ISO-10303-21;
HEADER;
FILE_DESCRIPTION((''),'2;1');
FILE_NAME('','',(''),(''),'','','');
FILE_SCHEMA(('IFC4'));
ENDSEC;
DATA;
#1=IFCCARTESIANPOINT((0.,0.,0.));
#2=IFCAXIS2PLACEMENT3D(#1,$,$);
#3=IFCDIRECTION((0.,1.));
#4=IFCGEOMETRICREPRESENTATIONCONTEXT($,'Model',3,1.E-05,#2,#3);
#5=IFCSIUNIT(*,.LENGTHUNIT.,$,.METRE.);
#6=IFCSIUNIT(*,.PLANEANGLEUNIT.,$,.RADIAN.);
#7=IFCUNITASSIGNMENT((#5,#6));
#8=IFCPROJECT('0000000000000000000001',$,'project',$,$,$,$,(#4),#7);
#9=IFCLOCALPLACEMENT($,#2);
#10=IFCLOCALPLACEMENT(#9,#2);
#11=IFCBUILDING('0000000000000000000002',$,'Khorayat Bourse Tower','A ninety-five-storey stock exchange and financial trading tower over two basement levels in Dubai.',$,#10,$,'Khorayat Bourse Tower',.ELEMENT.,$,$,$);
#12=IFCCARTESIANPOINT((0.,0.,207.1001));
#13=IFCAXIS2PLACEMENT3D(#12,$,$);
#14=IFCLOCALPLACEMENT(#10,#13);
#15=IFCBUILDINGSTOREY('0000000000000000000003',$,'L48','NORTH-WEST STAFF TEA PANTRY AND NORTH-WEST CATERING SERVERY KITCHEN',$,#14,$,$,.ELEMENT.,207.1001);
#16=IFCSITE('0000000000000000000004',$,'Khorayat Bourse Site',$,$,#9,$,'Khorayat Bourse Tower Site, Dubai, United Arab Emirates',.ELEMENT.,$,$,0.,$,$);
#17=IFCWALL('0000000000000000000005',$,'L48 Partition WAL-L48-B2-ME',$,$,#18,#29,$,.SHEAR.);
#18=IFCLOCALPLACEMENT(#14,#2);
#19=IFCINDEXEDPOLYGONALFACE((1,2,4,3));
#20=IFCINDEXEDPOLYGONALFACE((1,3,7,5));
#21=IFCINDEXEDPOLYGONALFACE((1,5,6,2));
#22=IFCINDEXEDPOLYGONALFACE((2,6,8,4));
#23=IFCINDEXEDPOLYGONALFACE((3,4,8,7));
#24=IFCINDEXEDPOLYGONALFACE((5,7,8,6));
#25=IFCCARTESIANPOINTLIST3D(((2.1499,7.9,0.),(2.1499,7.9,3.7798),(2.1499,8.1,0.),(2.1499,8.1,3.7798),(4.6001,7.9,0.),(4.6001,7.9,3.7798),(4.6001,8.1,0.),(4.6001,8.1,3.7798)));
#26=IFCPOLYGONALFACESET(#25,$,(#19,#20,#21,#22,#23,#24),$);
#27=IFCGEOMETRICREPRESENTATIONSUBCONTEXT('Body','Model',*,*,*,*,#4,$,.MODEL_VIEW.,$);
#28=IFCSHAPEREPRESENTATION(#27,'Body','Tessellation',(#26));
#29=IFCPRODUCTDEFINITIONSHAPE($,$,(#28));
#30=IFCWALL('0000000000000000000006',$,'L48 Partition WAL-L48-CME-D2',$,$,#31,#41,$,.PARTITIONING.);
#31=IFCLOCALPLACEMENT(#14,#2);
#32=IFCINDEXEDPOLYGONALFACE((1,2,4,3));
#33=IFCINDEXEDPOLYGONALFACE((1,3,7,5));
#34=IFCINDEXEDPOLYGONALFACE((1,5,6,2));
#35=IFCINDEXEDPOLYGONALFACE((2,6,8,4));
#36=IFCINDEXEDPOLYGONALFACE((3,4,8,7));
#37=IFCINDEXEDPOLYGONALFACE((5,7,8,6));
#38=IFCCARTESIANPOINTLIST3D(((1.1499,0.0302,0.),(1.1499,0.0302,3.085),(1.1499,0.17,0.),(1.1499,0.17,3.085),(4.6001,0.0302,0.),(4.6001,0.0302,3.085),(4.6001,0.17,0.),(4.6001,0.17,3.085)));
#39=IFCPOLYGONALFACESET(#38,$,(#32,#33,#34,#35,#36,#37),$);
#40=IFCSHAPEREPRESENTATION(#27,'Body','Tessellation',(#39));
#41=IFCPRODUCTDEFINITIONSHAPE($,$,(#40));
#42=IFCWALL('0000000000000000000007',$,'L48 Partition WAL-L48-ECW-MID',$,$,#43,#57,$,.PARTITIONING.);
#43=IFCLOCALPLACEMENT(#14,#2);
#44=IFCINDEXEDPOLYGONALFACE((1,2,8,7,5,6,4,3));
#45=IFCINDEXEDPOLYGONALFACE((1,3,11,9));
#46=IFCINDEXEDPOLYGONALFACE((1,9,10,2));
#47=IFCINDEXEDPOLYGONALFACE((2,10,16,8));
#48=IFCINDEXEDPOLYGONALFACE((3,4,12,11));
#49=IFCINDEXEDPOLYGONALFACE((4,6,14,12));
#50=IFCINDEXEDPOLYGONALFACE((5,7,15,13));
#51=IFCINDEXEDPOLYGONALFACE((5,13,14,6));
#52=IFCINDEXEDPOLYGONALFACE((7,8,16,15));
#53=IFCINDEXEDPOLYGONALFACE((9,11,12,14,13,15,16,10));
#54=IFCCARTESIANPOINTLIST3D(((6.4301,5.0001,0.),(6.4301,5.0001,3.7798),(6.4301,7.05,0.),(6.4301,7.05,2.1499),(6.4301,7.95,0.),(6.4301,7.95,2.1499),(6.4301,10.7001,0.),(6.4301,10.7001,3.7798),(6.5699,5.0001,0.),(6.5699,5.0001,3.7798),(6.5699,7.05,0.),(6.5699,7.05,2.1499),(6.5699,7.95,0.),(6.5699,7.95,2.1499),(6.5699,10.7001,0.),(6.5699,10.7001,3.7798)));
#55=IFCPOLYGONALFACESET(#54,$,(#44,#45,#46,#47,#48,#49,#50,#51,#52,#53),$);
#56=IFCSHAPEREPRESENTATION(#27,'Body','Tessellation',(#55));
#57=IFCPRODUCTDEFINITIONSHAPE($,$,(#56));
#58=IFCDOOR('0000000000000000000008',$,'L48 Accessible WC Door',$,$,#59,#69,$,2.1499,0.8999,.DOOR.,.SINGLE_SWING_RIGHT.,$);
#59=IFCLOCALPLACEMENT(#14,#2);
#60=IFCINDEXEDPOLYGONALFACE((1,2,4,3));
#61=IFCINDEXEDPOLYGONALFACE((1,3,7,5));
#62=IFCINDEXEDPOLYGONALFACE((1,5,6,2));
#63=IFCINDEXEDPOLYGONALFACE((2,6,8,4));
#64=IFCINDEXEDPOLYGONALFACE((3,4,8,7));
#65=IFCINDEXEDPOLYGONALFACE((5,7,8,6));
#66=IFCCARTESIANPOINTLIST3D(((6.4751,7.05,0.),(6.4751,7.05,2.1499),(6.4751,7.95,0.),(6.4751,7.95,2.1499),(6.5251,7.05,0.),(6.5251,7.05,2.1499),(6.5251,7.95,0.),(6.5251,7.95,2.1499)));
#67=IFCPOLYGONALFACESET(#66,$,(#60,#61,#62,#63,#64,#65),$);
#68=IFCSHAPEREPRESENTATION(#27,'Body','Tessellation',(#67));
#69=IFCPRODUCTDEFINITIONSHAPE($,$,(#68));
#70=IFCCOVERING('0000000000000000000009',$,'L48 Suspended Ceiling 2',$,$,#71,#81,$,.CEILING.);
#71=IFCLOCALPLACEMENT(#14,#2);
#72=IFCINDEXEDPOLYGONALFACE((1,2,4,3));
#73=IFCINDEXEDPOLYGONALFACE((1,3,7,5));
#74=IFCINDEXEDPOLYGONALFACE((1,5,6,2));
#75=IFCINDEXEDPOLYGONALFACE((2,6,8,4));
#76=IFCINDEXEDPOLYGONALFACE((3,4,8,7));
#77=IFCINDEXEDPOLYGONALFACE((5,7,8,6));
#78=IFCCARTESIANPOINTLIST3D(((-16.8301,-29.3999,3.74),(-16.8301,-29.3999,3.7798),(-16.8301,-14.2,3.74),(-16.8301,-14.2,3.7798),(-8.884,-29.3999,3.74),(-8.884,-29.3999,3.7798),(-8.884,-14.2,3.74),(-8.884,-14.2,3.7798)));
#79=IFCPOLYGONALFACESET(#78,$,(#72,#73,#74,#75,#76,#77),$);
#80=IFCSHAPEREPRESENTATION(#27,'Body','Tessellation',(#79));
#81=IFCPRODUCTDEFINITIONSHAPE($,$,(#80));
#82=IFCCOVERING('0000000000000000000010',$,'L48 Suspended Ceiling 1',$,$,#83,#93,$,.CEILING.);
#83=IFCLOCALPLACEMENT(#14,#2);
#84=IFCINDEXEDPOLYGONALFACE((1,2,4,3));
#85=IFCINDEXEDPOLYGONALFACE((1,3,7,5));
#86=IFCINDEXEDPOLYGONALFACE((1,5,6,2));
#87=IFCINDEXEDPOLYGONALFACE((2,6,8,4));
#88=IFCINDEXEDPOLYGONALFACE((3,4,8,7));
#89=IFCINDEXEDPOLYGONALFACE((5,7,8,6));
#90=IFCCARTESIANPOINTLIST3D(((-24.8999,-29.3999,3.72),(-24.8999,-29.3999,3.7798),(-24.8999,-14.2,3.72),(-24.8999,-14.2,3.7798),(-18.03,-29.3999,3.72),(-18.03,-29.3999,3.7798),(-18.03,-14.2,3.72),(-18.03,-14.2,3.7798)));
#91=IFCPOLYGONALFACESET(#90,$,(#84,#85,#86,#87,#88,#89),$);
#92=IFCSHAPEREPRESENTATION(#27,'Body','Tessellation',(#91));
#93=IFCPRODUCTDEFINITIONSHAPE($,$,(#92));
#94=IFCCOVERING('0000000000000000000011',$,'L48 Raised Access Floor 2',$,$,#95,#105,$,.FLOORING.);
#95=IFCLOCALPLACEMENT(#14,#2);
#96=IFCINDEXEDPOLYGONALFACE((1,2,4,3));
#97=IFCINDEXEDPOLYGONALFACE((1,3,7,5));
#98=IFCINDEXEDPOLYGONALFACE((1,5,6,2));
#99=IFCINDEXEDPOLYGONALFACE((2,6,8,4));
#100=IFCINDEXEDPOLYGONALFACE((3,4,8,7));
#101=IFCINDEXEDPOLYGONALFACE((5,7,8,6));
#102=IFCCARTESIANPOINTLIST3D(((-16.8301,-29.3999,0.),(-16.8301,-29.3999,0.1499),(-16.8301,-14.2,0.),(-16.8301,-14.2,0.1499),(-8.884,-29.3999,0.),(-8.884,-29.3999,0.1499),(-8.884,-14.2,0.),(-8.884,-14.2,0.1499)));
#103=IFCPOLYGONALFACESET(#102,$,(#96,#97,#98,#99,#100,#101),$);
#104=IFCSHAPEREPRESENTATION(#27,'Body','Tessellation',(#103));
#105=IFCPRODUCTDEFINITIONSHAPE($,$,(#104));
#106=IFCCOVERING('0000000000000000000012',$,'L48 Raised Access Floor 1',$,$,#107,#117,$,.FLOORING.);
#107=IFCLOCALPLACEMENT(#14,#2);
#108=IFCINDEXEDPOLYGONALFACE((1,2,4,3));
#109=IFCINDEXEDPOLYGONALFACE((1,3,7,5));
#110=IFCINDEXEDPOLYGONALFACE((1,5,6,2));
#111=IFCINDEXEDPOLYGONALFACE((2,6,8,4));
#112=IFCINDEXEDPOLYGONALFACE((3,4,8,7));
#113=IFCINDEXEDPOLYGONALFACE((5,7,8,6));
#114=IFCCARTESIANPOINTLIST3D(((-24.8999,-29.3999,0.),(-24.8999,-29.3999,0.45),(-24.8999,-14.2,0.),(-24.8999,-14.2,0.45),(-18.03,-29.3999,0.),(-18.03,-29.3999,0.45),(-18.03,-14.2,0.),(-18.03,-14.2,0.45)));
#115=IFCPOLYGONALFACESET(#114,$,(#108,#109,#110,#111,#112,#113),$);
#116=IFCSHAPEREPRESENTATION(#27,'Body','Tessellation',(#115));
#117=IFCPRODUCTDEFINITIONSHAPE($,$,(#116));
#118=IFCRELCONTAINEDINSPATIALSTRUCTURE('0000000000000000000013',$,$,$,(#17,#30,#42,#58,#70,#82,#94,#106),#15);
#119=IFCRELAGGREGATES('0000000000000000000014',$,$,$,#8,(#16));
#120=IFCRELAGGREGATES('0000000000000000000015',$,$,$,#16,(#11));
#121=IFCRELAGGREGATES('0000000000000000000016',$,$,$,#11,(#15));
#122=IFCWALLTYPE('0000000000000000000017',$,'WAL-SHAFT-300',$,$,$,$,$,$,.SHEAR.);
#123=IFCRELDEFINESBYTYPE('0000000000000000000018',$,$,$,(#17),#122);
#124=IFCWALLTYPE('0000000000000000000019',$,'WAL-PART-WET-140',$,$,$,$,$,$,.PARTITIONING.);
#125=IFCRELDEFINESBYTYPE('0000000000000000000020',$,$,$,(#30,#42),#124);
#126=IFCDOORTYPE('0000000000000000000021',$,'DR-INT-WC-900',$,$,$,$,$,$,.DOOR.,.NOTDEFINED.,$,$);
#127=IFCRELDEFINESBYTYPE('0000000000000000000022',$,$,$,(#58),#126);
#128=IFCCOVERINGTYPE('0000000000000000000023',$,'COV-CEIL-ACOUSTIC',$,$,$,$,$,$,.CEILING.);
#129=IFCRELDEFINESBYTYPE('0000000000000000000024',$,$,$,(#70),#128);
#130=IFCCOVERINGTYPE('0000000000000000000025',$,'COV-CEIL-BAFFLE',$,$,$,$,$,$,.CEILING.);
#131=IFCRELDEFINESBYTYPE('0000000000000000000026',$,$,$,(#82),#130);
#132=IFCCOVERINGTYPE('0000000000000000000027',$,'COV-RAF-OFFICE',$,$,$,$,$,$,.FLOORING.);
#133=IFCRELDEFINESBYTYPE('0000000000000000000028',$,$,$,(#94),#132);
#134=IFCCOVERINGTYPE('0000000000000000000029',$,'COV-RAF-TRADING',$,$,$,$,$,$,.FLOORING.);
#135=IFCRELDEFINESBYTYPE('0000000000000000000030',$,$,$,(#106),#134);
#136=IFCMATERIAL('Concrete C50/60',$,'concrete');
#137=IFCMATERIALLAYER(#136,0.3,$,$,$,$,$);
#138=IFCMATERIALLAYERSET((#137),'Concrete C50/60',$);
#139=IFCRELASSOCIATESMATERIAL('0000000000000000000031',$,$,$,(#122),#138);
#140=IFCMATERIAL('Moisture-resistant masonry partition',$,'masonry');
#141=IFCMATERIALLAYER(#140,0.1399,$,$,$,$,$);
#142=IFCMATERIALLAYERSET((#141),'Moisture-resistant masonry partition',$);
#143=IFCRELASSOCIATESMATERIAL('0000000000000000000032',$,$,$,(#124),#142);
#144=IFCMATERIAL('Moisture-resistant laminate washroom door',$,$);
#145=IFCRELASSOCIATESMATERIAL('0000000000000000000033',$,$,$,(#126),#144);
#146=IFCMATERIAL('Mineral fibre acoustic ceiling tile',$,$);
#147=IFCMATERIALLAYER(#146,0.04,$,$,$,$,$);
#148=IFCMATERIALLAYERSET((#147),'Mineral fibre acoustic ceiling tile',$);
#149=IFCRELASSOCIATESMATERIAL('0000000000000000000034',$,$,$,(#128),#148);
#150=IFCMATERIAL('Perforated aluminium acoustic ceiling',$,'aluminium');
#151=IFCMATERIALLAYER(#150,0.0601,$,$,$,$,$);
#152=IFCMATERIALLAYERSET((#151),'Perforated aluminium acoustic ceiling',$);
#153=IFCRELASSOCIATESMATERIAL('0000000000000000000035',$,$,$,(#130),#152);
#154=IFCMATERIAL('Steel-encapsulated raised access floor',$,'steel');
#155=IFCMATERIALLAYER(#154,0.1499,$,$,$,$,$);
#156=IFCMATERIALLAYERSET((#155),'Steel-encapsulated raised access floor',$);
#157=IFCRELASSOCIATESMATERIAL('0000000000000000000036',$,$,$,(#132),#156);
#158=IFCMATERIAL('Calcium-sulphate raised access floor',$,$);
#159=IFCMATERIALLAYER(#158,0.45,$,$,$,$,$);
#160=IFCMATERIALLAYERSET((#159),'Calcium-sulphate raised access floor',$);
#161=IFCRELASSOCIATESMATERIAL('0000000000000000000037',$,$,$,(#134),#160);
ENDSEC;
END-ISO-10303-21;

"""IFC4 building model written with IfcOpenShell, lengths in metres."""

from ifc_helpers import new_model, si_unit, direction, frame, frame_2d, origin, place, context, subcontext, project, spatial, polyline, rectangle, outline, extrude, source, transform, mapped, material, layer, layer_set, type_object, element, fill, save


model = new_model("IFC4")

# Units and contexts
model_context = context("Model", 3, precision=1e-05, world=origin(), true_north=direction((0.0, 1.0)))
body_context = subcontext(model_context, "Body", "Model", "MODEL_VIEW")
ifc_project = project(units=[si_unit("LENGTHUNIT", "METRE"), si_unit("PLANEANGLEUNIT", "RADIAN")], contexts=[model_context])

# Site, building, storey
site_placement = place(None, origin())
site = spatial("IfcSite", under=ifc_project, at=site_placement, Name="Khorayat Bourse Site", LongName="Khorayat Bourse Tower Site, Dubai, United Arab Emirates", CompositionType="ELEMENT", RefElevation=0.0)
building_placement = place(site_placement, origin())
building = spatial("IfcBuilding", under=site, at=building_placement, Name="Khorayat Bourse Tower", Description="A ninety-five-storey stock exchange and financial trading tower over two basement levels in Dubai.", LongName="Khorayat Bourse Tower", CompositionType="ELEMENT")
storey_placement = place(building_placement, frame((0.0, 0.0, 207.1001)))
storey = spatial("IfcBuildingStorey", under=building, at=storey_placement, Name="L48", Description="NORTH-WEST STAFF TEA PANTRY AND NORTH-WEST CATERING SERVERY KITCHEN", CompositionType="ELEMENT", Elevation=207.1001)

# Shared definitions
ifc_material_1 = material(Name="Concrete C50/60", Category="concrete")
ifc_layer_1 = layer(ifc_material_1, 0.3)
ifc_layer_set_1 = layer_set([ifc_layer_1], Name="Concrete C50/60")
wall_type_1 = type_object("IfcWallType", Name="WAL-SHAFT-300", PredefinedType="SHEAR", material=ifc_layer_set_1)
ifc_material_2 = material(Name="Moisture-resistant masonry partition", Category="masonry")
ifc_layer_2 = layer(ifc_material_2, 0.1399)
ifc_layer_set_2 = layer_set([ifc_layer_2], Name="Moisture-resistant masonry partition")
wall_type_2 = type_object("IfcWallType", Name="WAL-PART-WET-140", PredefinedType="PARTITIONING", material=ifc_layer_set_2)

# Shared definitions
shared_shape_1 = source(origin(), body_context, "Body", "SweptSolid", [
    extrude(rectangle(XDim=0.8999, YDim=2.1499, at=frame_2d((0.45, 1.075))), frame((0.0, 0.0798, 0.0), z_axis=(0.0, -1.0, 0.0), x_axis=(1.0, 0.0, 0.0)), (0.0, 0.0, 1.0), 0.1599),
])
ifc_material_3 = material(Name="Moisture-resistant laminate washroom door")
door_type_1 = type_object("IfcDoorType", Name="DR-INT-WC-900", OperationType="NOTDEFINED", PredefinedType="DOOR", material=ifc_material_3)
shared_shape_2 = source(origin(), body_context, "Body", "SweptSolid", [
    extrude(rectangle(XDim=0.8999, YDim=2.1499, at=frame_2d((0.45, 1.075))), frame((0.0, 0.0249, 0.0), z_axis=(0.0, -1.0, 0.0), x_axis=(1.0, 0.0, 0.0)), (0.0, 0.0, 1.0), 0.05),
])

# Walls
shared_shape_3 = source(origin(), body_context, "Body", "SweptSolid", [
    extrude(rectangle(XDim=2.4502, YDim=0.2, at=frame_2d((1.2251, 0.0))), origin(), (0.0, 0.0, 1.0), 3.7798),
])
wall_1_placement = place(storey_placement, frame((2.1499, 8.0, 0.0), z_axis=(0.0, 0.0, 1.0), x_axis=(1.0, 0.0, 0.0)))
element("IfcWall", 1, at=wall_1_placement, inside=storey, type_object=wall_type_1, Name="L48 Partition WAL-L48-B2-ME", PredefinedType="SHEAR", context=body_context, shape_type="MappedRepresentation", body=[
    mapped(shared_shape_3, transform((0.0, 0.0, 0.0), scale=1.0)),
])
shared_shape_4 = source(origin(), body_context, "Body", "SweptSolid", [
    extrude(rectangle(XDim=3.4502, YDim=0.1399, at=frame_2d((1.7251, 0.0))), origin(), (0.0, 0.0, 1.0), 3.085),
])
wall_2_placement = place(storey_placement, frame((1.1499, 0.1001, 0.0), z_axis=(0.0, 0.0, 1.0), x_axis=(1.0, 0.0, 0.0)))
element("IfcWall", 2, at=wall_2_placement, inside=storey, type_object=wall_type_2, Name="L48 Partition WAL-L48-CME-D2", PredefinedType="PARTITIONING", context=body_context, shape_type="MappedRepresentation", body=[
    mapped(shared_shape_4, transform((0.0, 0.0, 0.0), scale=1.0)),
])

# Wall, opening, door
shared_shape_5 = source(origin(), body_context, "Body", "SweptSolid", [
    extrude(rectangle(XDim=5.7, YDim=0.1399, at=frame_2d((2.8501, 0.0))), origin(), (0.0, 0.0, 1.0), 3.7798),
])
wall_3_placement = place(storey_placement, frame((6.5, 5.0, 0.0), z_axis=(0.0, 0.0, 1.0), x_axis=(0.0, 1.0, 0.0)))
wall_3 = element("IfcWall", 3, at=wall_3_placement, inside=storey, type_object=wall_type_2, Name="L48 Partition WAL-L48-ECW-MID", PredefinedType="PARTITIONING", context=body_context, shape_type="MappedRepresentation", body=[
    mapped(shared_shape_5, transform((0.0, 0.0, 0.0), scale=1.0)),
])
opening_1_placement = place(wall_3_placement, frame((2.05, 0.0, 0.0)))
opening_1 = element("IfcOpeningElement", 4, at=opening_1_placement, cuts=wall_3, PredefinedType="OPENING", context=body_context, shape_type="MappedRepresentation", body=[
    mapped(shared_shape_1, transform((0.0, 0.0, 0.0), scale=1.0)),
])
door_1_placement = place(opening_1_placement, origin())
door_1 = element("IfcDoor", 5, at=door_1_placement, inside=storey, type_object=door_type_1, Name="L48 Accessible WC Door", OperationType="SINGLE_SWING_RIGHT", OverallHeight=2.1499, OverallWidth=0.8999, PredefinedType="DOOR", context=body_context, shape_type="MappedRepresentation", body=[
    mapped(shared_shape_2, transform((0.0, 0.0, 0.0), scale=1.0)),
])
fill(opening_1, door_1)

# Coverings
ifc_material_4 = material(Name="Mineral fibre acoustic ceiling tile")
ifc_layer_3 = layer(ifc_material_4, 0.04)
ifc_layer_set_3 = layer_set([ifc_layer_3], Name="Mineral fibre acoustic ceiling tile")
covering_type_1 = type_object("IfcCoveringType", Name="COV-CEIL-ACOUSTIC", PredefinedType="CEILING", material=ifc_layer_set_3)
covering_1_placement = place(storey_placement, frame((0.0, 0.0, 3.74)))
element("IfcCovering", 6, at=covering_1_placement, inside=storey, type_object=covering_type_1, Name="L48 Suspended Ceiling 2", PredefinedType="CEILING", context=body_context, shape_type="SweptSolid", body=[
    extrude(outline(polyline([(-16.8301, -29.3999), (-8.884, -29.3999), (-8.884, -14.2), (-16.8301, -14.2), (-16.8301, -29.3999)])), origin(), (0.0, 0.0, 1.0), 0.0398),
])
ifc_material_5 = material(Name="Perforated aluminium acoustic ceiling", Category="aluminium")
ifc_layer_4 = layer(ifc_material_5, 0.0601)
ifc_layer_set_4 = layer_set([ifc_layer_4], Name="Perforated aluminium acoustic ceiling")
covering_type_2 = type_object("IfcCoveringType", Name="COV-CEIL-BAFFLE", PredefinedType="CEILING", material=ifc_layer_set_4)
covering_2_placement = place(storey_placement, frame((0.0, 0.0, 3.72)))
element("IfcCovering", 7, at=covering_2_placement, inside=storey, type_object=covering_type_2, Name="L48 Suspended Ceiling 1", PredefinedType="CEILING", context=body_context, shape_type="SweptSolid", body=[
    extrude(outline(polyline([(-24.8999, -29.3999), (-18.03, -29.3999), (-18.03, -14.2), (-24.8999, -14.2), (-24.8999, -29.3999)])), origin(), (0.0, 0.0, 1.0), 0.0598),
])
ifc_material_6 = material(Name="Steel-encapsulated raised access floor", Category="steel")
ifc_layer_5 = layer(ifc_material_6, 0.1499)
ifc_layer_set_5 = layer_set([ifc_layer_5], Name="Steel-encapsulated raised access floor")
covering_type_3 = type_object("IfcCoveringType", Name="COV-RAF-OFFICE", PredefinedType="FLOORING", material=ifc_layer_set_5)
covering_3_placement = place(storey_placement, origin())
element("IfcCovering", 8, at=covering_3_placement, inside=storey, type_object=covering_type_3, Name="L48 Raised Access Floor 2", PredefinedType="FLOORING", context=body_context, shape_type="SweptSolid", body=[
    extrude(outline(polyline([(-16.8301, -29.3999), (-8.884, -29.3999), (-8.884, -14.2), (-16.8301, -14.2), (-16.8301, -29.3999)])), origin(), (0.0, 0.0, 1.0), 0.1499),
])
ifc_material_7 = material(Name="Calcium-sulphate raised access floor")
ifc_layer_6 = layer(ifc_material_7, 0.45)
ifc_layer_set_6 = layer_set([ifc_layer_6], Name="Calcium-sulphate raised access floor")
covering_type_4 = type_object("IfcCoveringType", Name="COV-RAF-TRADING", PredefinedType="FLOORING", material=ifc_layer_set_6)
covering_4_placement = place(storey_placement, origin())
element("IfcCovering", 9, at=covering_4_placement, inside=storey, type_object=covering_type_4, Name="L48 Raised Access Floor 1", PredefinedType="FLOORING", context=body_context, shape_type="SweptSolid", body=[
    extrude(outline(polyline([(-24.8999, -29.3999), (-18.03, -29.3999), (-18.03, -14.2), (-24.8999, -14.2), (-24.8999, -29.3999)])), origin(), (0.0, 0.0, 1.0), 0.45),
])

save(model, "model.ifc")
